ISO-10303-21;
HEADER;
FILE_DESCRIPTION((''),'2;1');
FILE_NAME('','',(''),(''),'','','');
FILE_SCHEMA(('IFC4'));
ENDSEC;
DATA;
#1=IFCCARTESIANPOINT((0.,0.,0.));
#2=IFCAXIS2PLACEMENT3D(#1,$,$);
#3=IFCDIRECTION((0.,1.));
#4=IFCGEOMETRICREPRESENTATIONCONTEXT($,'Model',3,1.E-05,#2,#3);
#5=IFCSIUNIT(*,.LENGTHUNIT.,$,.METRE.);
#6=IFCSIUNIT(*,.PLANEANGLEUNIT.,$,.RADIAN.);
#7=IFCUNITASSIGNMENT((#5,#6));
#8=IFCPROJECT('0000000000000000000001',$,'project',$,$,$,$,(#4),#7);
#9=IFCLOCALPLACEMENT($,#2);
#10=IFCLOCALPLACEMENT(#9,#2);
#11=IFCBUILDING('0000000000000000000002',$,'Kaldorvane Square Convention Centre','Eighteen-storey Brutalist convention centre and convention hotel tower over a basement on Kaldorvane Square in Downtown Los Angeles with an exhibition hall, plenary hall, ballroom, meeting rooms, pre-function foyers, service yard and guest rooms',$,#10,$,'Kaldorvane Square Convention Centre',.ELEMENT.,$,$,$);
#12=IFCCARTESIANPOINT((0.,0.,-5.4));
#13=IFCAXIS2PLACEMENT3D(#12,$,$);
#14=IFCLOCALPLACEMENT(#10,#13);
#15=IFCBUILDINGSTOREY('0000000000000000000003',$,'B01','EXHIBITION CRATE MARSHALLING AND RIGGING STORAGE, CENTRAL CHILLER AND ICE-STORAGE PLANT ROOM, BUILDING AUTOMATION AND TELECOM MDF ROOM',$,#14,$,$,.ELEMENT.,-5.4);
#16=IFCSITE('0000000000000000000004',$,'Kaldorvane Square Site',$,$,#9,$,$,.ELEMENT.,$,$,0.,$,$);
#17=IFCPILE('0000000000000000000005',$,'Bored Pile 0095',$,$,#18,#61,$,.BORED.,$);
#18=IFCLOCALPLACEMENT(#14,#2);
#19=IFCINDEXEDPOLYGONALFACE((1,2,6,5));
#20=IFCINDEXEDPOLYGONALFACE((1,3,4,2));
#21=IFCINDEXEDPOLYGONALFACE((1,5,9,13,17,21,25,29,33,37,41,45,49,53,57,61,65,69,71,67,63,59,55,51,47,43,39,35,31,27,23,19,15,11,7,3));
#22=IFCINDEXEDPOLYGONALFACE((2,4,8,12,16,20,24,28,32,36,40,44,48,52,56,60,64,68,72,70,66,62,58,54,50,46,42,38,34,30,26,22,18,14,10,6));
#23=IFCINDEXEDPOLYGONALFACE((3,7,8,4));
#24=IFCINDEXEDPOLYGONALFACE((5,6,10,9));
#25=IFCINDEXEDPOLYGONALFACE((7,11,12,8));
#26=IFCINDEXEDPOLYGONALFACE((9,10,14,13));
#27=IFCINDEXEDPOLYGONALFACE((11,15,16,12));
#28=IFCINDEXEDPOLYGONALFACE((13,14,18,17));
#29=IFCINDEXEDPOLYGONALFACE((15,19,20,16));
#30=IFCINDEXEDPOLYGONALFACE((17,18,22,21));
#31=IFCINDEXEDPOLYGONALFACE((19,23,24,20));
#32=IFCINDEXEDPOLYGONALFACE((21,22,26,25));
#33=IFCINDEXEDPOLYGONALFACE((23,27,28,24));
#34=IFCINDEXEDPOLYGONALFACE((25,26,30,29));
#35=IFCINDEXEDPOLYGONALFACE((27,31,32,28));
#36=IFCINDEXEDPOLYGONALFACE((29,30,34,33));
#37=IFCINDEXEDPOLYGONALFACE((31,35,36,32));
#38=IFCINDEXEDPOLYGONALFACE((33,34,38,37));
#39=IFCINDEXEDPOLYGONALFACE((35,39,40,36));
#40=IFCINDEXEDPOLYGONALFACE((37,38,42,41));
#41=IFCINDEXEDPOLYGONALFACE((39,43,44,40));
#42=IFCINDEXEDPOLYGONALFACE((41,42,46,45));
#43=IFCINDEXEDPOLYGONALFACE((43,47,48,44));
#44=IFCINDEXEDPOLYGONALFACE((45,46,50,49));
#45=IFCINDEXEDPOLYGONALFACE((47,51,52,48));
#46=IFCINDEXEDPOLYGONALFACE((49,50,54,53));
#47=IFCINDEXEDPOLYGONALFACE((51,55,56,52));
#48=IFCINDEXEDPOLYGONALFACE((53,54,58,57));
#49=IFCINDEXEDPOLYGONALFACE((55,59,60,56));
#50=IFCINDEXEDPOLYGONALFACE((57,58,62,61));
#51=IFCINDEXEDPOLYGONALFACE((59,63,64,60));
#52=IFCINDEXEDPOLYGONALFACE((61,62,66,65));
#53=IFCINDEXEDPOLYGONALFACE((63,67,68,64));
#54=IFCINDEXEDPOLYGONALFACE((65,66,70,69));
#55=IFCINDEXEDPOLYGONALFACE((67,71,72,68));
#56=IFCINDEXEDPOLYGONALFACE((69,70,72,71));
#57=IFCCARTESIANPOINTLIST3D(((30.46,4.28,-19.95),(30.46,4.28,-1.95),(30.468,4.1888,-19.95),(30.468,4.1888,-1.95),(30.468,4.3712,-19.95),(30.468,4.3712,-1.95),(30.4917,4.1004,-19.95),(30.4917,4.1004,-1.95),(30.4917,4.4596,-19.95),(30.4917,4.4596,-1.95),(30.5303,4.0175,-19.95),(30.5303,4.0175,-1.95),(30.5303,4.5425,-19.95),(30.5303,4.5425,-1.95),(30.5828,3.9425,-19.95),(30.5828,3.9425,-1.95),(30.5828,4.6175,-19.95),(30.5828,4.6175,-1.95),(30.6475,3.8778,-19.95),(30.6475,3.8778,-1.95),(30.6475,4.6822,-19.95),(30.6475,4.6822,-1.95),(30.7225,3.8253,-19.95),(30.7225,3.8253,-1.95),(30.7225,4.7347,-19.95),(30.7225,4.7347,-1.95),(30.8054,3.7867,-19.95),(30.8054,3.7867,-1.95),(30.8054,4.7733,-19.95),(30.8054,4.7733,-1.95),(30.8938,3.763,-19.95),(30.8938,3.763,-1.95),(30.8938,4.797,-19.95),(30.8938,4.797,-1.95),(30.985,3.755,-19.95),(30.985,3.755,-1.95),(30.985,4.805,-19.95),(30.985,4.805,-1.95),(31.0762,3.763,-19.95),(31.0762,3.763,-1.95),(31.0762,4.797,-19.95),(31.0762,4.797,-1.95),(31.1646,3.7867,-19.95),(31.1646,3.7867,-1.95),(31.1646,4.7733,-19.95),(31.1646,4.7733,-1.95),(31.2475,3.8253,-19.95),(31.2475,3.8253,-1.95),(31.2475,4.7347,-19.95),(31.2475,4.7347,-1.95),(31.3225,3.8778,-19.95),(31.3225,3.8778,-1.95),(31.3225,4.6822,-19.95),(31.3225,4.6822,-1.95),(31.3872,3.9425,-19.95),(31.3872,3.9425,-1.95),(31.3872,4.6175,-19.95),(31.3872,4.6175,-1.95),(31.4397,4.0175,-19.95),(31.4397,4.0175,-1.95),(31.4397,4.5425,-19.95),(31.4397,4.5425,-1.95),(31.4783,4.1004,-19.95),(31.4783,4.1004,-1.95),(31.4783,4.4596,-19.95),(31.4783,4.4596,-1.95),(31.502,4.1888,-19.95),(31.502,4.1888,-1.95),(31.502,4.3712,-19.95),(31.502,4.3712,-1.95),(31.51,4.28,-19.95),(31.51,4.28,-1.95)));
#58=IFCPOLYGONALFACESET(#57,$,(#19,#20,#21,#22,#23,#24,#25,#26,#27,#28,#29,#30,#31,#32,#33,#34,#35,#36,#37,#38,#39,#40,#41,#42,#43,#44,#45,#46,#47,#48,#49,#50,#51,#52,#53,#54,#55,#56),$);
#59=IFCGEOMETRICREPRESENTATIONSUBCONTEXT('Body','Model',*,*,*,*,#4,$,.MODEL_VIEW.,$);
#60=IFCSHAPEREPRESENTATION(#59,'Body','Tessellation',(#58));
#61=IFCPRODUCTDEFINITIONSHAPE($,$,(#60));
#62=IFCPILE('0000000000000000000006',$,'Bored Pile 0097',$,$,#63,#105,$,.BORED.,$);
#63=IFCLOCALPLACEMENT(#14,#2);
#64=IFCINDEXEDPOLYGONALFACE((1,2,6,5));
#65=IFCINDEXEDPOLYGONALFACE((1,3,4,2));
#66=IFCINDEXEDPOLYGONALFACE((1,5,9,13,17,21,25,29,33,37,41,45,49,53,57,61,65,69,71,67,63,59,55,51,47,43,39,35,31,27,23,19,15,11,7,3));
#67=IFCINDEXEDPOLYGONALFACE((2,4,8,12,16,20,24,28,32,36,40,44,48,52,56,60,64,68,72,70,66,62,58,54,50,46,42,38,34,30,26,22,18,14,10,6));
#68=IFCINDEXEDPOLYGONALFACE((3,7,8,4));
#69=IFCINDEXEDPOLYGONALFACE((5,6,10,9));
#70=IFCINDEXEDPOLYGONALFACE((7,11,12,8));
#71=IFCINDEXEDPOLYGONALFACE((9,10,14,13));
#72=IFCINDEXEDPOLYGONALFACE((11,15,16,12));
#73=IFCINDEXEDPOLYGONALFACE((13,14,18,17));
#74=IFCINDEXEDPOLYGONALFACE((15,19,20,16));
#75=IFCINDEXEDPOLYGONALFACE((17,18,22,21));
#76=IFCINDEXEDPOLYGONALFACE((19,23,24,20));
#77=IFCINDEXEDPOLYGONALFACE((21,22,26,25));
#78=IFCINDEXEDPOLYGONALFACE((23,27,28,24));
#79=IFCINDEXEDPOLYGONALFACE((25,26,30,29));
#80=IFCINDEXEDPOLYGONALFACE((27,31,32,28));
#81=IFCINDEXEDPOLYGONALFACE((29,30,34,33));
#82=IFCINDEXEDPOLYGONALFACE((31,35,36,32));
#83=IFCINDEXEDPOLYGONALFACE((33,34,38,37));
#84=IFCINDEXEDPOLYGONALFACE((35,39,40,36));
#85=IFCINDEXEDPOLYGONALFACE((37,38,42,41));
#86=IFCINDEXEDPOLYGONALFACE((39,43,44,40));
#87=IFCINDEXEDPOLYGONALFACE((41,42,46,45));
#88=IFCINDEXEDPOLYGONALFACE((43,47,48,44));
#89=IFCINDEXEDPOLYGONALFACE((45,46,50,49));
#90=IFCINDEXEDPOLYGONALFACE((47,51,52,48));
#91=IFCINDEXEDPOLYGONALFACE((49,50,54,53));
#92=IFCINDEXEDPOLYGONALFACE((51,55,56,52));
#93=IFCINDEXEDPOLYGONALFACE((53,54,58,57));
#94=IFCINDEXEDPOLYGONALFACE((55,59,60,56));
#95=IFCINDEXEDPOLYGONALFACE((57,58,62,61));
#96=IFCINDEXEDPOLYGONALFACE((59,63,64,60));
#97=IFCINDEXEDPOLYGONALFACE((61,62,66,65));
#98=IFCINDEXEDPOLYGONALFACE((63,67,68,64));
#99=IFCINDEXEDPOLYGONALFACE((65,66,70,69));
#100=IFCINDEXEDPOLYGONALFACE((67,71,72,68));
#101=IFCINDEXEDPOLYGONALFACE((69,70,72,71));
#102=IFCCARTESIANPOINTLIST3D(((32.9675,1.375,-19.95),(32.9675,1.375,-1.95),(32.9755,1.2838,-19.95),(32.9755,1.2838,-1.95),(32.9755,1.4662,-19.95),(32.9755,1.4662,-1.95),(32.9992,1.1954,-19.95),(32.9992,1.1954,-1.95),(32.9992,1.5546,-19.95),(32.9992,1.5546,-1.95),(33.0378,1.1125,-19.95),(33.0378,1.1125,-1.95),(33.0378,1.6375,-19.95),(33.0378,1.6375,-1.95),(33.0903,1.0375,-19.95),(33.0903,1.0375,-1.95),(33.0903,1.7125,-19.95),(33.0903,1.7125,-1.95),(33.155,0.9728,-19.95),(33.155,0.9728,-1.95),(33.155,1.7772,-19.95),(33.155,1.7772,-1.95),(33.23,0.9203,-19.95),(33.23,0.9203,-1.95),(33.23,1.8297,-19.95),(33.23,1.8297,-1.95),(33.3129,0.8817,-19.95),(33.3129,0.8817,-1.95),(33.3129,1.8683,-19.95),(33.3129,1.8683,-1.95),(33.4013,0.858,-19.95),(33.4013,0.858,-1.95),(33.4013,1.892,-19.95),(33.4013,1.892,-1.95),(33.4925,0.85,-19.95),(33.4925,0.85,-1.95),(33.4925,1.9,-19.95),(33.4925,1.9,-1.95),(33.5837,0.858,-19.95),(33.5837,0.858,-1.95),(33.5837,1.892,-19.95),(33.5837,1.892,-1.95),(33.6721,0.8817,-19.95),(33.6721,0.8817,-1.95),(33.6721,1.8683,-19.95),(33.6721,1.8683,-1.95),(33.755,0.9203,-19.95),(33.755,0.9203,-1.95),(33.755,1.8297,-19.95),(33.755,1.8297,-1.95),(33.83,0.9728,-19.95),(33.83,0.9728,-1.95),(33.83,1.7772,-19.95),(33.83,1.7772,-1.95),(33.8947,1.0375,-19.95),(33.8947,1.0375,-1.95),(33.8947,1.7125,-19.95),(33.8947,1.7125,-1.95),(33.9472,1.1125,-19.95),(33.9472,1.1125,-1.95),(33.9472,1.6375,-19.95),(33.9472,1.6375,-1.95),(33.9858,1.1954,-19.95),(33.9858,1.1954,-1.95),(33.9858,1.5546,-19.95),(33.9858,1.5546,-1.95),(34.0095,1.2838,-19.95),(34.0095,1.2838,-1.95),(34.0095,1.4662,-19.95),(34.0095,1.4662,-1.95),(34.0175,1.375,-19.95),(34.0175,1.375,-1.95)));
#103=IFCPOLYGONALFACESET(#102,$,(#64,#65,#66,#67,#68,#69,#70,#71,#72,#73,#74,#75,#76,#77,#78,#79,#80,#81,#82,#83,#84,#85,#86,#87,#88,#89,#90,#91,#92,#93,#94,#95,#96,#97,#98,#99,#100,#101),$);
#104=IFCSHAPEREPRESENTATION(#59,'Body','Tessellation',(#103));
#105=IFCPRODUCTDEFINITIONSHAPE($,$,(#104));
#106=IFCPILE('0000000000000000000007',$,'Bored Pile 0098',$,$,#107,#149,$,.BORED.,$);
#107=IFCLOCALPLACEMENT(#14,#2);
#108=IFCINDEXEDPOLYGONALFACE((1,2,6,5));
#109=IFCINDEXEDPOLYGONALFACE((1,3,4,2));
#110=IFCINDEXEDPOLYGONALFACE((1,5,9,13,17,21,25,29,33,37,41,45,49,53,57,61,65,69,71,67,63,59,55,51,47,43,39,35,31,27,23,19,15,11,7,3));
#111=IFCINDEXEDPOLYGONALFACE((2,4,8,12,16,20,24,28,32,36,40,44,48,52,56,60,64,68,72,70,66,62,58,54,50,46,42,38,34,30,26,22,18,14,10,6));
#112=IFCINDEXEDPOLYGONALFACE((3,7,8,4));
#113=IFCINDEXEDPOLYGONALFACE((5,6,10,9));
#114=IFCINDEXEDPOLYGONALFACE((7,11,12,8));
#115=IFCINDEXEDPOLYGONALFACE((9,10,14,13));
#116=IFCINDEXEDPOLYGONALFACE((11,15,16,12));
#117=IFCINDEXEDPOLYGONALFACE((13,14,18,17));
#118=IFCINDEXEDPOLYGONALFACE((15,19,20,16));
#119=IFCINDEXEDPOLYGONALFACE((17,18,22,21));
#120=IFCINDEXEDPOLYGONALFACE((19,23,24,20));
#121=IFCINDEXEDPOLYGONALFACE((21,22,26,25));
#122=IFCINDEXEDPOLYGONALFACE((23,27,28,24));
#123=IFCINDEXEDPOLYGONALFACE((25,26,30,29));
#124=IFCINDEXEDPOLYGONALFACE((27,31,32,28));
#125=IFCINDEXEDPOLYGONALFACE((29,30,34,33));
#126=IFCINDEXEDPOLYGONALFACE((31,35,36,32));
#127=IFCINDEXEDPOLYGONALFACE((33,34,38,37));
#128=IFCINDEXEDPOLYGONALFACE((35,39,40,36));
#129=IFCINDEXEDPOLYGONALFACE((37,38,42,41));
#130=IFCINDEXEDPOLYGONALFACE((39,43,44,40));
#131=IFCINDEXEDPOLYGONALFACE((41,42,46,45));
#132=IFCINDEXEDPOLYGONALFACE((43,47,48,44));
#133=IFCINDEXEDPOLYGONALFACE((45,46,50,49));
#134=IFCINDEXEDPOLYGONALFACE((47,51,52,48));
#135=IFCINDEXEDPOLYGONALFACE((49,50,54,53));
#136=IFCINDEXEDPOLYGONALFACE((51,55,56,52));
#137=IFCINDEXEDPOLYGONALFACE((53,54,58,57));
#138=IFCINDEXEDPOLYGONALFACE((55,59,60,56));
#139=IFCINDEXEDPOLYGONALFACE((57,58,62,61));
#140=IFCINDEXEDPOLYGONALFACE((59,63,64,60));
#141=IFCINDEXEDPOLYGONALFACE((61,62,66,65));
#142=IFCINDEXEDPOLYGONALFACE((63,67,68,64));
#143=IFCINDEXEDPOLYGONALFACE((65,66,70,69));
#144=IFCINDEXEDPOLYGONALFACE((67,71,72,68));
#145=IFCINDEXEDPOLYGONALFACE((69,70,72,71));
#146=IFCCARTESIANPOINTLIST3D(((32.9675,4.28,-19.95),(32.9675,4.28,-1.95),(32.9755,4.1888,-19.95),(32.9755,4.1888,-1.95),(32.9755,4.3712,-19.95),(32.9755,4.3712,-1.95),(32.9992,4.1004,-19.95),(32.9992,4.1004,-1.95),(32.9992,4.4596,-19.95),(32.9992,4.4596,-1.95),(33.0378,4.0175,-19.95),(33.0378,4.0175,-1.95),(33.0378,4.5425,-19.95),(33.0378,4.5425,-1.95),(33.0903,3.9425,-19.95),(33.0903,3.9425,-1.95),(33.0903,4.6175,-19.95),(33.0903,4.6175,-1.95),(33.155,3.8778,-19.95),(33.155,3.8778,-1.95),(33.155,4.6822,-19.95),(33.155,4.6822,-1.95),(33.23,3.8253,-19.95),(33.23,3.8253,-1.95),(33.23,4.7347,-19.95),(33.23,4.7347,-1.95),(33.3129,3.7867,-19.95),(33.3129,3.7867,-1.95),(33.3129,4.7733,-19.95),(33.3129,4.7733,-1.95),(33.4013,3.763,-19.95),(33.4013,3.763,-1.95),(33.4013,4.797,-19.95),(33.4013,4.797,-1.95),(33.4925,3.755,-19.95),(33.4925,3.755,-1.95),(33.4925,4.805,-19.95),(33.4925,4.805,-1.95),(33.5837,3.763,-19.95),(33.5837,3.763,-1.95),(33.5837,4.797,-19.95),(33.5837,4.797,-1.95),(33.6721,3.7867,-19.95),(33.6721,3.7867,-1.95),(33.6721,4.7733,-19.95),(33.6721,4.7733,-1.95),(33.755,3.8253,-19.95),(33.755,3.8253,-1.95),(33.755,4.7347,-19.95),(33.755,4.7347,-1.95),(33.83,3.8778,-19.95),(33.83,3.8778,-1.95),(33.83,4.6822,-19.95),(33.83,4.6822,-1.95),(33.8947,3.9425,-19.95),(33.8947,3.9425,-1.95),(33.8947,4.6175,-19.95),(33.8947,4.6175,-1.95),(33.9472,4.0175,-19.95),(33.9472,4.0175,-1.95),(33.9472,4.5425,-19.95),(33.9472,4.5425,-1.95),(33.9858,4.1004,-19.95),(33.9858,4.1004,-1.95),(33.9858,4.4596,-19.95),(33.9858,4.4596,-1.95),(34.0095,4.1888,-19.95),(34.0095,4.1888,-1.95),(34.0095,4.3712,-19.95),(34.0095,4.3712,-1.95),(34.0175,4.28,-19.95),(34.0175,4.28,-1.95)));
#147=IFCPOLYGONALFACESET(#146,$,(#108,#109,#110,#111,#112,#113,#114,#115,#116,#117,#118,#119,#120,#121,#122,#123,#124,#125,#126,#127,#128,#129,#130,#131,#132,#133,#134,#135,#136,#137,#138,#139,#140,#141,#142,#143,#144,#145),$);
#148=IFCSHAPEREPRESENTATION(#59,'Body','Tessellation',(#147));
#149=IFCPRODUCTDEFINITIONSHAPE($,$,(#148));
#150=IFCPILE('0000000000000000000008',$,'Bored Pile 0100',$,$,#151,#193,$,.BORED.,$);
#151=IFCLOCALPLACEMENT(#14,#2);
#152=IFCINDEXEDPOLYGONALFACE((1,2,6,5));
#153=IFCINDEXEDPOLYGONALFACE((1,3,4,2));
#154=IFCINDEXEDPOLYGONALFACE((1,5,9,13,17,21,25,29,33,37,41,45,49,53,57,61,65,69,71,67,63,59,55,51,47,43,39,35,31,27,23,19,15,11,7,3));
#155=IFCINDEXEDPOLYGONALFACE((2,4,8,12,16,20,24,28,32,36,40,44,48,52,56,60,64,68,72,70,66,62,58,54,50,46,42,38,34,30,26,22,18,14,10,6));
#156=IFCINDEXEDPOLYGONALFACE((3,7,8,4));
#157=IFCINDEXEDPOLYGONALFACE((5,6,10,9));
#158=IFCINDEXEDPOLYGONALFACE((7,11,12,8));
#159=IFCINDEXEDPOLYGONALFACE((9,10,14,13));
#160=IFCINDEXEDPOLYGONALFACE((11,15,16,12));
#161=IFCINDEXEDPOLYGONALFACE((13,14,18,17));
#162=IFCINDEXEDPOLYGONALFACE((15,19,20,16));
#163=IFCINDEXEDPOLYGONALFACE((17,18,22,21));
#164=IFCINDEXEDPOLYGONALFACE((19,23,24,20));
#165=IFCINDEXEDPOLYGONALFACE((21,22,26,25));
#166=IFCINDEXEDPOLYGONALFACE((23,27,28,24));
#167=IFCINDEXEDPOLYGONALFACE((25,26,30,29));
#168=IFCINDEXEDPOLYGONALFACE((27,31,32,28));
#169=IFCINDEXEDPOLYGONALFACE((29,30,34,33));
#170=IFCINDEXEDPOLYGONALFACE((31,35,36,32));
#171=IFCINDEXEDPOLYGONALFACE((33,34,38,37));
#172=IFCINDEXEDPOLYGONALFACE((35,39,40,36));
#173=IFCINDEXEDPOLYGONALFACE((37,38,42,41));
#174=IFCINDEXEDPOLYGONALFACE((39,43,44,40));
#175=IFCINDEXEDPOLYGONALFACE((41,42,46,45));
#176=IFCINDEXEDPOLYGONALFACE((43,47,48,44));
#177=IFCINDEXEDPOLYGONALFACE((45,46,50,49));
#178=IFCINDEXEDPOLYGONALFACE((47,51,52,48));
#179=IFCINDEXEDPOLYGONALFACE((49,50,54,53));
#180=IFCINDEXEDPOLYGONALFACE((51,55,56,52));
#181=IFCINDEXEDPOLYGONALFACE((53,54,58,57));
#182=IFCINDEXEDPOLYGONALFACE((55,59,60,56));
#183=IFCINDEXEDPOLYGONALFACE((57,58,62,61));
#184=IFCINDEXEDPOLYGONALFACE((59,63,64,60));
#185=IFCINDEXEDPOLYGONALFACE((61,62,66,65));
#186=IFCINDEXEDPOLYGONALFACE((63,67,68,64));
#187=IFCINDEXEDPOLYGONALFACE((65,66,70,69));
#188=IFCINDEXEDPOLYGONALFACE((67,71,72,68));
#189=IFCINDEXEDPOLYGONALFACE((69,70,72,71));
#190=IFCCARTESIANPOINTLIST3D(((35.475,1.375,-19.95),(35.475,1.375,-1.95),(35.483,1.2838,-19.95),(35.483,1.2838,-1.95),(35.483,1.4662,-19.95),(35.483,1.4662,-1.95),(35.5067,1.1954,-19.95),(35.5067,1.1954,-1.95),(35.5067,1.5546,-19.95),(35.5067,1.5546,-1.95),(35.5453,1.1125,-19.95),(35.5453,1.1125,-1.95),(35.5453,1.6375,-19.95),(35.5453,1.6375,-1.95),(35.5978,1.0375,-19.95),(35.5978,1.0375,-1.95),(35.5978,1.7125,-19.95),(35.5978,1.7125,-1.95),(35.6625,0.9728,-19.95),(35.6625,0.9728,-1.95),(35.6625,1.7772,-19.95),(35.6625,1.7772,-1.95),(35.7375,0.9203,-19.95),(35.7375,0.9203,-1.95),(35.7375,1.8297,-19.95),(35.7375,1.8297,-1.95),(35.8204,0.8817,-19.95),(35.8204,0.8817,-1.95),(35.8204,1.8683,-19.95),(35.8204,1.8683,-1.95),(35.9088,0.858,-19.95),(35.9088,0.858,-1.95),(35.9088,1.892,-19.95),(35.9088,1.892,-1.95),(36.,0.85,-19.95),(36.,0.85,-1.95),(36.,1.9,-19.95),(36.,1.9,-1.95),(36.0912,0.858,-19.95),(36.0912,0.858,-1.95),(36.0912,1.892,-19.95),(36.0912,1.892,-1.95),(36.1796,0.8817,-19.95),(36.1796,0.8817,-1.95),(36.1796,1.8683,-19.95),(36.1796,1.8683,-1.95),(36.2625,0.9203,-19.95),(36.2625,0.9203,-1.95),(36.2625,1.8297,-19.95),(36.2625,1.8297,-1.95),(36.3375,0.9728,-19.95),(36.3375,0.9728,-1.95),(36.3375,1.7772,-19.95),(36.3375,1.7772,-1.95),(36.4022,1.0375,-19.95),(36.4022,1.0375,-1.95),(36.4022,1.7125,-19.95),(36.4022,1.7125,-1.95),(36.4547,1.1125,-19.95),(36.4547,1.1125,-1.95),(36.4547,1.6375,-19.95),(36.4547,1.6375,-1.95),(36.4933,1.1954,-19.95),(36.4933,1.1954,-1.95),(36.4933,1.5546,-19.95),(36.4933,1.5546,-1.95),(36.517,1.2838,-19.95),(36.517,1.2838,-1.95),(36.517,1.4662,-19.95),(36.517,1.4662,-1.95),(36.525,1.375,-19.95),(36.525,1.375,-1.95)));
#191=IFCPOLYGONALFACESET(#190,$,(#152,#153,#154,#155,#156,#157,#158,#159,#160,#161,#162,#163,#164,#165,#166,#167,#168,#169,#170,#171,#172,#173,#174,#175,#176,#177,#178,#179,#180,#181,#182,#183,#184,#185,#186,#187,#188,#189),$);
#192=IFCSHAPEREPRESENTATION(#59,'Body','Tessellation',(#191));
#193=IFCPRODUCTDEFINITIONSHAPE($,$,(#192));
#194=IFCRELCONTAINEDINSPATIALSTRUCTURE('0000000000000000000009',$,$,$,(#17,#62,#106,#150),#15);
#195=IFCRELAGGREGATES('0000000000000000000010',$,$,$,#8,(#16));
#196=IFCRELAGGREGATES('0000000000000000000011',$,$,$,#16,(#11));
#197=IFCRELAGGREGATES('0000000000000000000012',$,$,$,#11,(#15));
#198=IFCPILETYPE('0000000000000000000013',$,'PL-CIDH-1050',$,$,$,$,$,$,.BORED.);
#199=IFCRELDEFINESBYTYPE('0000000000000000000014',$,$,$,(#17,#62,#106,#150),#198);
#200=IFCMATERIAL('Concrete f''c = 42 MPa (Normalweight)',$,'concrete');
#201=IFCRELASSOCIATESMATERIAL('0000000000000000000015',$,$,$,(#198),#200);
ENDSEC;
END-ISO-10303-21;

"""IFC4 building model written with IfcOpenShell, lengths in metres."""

from ifc_helpers import new_model, si_unit, direction, frame, origin, origin_2d, place, context, subcontext, project, spatial, circle, extrude, material, material_profile, profile_set, type_object, element, save


model = new_model("IFC4")

# Units and contexts
model_context = context("Model", 3, precision=1e-05, world=origin(), true_north=direction((0.0, 1.0)))
body_context = subcontext(model_context, "Body", "Model", "MODEL_VIEW")
ifc_project = project(units=[si_unit("LENGTHUNIT", "METRE"), si_unit("PLANEANGLEUNIT", "RADIAN")], contexts=[model_context])

# Site, building, storey
site_placement = place(None, origin())
site = spatial("IfcSite", under=ifc_project, at=site_placement, Name="Kaldorvane Square Site", CompositionType="ELEMENT", RefElevation=0.0)
building_placement = place(site_placement, origin())
building = spatial("IfcBuilding", under=site, at=building_placement, Name="Kaldorvane Square Convention Centre", Description="Eighteen-storey Brutalist convention centre and convention hotel tower over a basement on Kaldorvane Square in Downtown Los Angeles with an exhibition hall, plenary hall, ballroom, meeting rooms, pre-function foyers, service yard and guest rooms", LongName="Kaldorvane Square Convention Centre", CompositionType="ELEMENT")
storey_placement = place(building_placement, frame((0.0, 0.0, -5.4)))
storey = spatial("IfcBuildingStorey", under=building, at=storey_placement, Name="B01", Description="EXHIBITION CRATE MARSHALLING AND RIGGING STORAGE, CENTRAL CHILLER AND ICE-STORAGE PLANT ROOM, BUILDING AUTOMATION AND TELECOM MDF ROOM", CompositionType="ELEMENT", Elevation=-5.4)

# Shared definitions
ifc_material_1 = material(Name="Concrete f'c = 42 MPa (Normalweight)", Category="concrete")

# Piles
ifc_material_profile_1 = material_profile(ifc_material_1, circle(Radius=0.525, at=origin_2d()), Name="PILE-D1050")
ifc_profile_set_1 = profile_set([ifc_material_profile_1], Name="Concrete f'c = 42 MPa (Normalweight)")
pile_type = type_object("IfcPileType", Name="PL-CIDH-1050", PredefinedType="BORED", material=ifc_profile_set_1)
for number, where, z_axis, x_axis, name in (
    (1, (30.985, 4.28, -1.95), (0.0, 0.0, -1.0), (1.0, 0.0, 0.0), "Bored Pile 0095"),
    (2, (33.4925, 1.375, -1.95), (0.0, 0.0, -1.0), (1.0, 0.0, 0.0), "Bored Pile 0097"),
    (3, (33.4925, 4.28, -1.95), (0.0, 0.0, -1.0), (1.0, 0.0, 0.0), "Bored Pile 0098"),
    (4, (36.0, 1.375, -1.95), (0.0, 0.0, -1.0), (1.0, 0.0, 0.0), "Bored Pile 0100"),
):
    element("IfcPile", number, at=place(storey_placement, frame(where, z_axis=z_axis, x_axis=x_axis)), inside=storey, type_object=pile_type, Name=name, PredefinedType="BORED", context=body_context, shape_type="SweptSolid", body=[
        extrude(circle(Radius=0.525, at=origin_2d()), origin(), (0.0, 0.0, 1.0), 18.0),
    ])

save(model, "model.ifc")
